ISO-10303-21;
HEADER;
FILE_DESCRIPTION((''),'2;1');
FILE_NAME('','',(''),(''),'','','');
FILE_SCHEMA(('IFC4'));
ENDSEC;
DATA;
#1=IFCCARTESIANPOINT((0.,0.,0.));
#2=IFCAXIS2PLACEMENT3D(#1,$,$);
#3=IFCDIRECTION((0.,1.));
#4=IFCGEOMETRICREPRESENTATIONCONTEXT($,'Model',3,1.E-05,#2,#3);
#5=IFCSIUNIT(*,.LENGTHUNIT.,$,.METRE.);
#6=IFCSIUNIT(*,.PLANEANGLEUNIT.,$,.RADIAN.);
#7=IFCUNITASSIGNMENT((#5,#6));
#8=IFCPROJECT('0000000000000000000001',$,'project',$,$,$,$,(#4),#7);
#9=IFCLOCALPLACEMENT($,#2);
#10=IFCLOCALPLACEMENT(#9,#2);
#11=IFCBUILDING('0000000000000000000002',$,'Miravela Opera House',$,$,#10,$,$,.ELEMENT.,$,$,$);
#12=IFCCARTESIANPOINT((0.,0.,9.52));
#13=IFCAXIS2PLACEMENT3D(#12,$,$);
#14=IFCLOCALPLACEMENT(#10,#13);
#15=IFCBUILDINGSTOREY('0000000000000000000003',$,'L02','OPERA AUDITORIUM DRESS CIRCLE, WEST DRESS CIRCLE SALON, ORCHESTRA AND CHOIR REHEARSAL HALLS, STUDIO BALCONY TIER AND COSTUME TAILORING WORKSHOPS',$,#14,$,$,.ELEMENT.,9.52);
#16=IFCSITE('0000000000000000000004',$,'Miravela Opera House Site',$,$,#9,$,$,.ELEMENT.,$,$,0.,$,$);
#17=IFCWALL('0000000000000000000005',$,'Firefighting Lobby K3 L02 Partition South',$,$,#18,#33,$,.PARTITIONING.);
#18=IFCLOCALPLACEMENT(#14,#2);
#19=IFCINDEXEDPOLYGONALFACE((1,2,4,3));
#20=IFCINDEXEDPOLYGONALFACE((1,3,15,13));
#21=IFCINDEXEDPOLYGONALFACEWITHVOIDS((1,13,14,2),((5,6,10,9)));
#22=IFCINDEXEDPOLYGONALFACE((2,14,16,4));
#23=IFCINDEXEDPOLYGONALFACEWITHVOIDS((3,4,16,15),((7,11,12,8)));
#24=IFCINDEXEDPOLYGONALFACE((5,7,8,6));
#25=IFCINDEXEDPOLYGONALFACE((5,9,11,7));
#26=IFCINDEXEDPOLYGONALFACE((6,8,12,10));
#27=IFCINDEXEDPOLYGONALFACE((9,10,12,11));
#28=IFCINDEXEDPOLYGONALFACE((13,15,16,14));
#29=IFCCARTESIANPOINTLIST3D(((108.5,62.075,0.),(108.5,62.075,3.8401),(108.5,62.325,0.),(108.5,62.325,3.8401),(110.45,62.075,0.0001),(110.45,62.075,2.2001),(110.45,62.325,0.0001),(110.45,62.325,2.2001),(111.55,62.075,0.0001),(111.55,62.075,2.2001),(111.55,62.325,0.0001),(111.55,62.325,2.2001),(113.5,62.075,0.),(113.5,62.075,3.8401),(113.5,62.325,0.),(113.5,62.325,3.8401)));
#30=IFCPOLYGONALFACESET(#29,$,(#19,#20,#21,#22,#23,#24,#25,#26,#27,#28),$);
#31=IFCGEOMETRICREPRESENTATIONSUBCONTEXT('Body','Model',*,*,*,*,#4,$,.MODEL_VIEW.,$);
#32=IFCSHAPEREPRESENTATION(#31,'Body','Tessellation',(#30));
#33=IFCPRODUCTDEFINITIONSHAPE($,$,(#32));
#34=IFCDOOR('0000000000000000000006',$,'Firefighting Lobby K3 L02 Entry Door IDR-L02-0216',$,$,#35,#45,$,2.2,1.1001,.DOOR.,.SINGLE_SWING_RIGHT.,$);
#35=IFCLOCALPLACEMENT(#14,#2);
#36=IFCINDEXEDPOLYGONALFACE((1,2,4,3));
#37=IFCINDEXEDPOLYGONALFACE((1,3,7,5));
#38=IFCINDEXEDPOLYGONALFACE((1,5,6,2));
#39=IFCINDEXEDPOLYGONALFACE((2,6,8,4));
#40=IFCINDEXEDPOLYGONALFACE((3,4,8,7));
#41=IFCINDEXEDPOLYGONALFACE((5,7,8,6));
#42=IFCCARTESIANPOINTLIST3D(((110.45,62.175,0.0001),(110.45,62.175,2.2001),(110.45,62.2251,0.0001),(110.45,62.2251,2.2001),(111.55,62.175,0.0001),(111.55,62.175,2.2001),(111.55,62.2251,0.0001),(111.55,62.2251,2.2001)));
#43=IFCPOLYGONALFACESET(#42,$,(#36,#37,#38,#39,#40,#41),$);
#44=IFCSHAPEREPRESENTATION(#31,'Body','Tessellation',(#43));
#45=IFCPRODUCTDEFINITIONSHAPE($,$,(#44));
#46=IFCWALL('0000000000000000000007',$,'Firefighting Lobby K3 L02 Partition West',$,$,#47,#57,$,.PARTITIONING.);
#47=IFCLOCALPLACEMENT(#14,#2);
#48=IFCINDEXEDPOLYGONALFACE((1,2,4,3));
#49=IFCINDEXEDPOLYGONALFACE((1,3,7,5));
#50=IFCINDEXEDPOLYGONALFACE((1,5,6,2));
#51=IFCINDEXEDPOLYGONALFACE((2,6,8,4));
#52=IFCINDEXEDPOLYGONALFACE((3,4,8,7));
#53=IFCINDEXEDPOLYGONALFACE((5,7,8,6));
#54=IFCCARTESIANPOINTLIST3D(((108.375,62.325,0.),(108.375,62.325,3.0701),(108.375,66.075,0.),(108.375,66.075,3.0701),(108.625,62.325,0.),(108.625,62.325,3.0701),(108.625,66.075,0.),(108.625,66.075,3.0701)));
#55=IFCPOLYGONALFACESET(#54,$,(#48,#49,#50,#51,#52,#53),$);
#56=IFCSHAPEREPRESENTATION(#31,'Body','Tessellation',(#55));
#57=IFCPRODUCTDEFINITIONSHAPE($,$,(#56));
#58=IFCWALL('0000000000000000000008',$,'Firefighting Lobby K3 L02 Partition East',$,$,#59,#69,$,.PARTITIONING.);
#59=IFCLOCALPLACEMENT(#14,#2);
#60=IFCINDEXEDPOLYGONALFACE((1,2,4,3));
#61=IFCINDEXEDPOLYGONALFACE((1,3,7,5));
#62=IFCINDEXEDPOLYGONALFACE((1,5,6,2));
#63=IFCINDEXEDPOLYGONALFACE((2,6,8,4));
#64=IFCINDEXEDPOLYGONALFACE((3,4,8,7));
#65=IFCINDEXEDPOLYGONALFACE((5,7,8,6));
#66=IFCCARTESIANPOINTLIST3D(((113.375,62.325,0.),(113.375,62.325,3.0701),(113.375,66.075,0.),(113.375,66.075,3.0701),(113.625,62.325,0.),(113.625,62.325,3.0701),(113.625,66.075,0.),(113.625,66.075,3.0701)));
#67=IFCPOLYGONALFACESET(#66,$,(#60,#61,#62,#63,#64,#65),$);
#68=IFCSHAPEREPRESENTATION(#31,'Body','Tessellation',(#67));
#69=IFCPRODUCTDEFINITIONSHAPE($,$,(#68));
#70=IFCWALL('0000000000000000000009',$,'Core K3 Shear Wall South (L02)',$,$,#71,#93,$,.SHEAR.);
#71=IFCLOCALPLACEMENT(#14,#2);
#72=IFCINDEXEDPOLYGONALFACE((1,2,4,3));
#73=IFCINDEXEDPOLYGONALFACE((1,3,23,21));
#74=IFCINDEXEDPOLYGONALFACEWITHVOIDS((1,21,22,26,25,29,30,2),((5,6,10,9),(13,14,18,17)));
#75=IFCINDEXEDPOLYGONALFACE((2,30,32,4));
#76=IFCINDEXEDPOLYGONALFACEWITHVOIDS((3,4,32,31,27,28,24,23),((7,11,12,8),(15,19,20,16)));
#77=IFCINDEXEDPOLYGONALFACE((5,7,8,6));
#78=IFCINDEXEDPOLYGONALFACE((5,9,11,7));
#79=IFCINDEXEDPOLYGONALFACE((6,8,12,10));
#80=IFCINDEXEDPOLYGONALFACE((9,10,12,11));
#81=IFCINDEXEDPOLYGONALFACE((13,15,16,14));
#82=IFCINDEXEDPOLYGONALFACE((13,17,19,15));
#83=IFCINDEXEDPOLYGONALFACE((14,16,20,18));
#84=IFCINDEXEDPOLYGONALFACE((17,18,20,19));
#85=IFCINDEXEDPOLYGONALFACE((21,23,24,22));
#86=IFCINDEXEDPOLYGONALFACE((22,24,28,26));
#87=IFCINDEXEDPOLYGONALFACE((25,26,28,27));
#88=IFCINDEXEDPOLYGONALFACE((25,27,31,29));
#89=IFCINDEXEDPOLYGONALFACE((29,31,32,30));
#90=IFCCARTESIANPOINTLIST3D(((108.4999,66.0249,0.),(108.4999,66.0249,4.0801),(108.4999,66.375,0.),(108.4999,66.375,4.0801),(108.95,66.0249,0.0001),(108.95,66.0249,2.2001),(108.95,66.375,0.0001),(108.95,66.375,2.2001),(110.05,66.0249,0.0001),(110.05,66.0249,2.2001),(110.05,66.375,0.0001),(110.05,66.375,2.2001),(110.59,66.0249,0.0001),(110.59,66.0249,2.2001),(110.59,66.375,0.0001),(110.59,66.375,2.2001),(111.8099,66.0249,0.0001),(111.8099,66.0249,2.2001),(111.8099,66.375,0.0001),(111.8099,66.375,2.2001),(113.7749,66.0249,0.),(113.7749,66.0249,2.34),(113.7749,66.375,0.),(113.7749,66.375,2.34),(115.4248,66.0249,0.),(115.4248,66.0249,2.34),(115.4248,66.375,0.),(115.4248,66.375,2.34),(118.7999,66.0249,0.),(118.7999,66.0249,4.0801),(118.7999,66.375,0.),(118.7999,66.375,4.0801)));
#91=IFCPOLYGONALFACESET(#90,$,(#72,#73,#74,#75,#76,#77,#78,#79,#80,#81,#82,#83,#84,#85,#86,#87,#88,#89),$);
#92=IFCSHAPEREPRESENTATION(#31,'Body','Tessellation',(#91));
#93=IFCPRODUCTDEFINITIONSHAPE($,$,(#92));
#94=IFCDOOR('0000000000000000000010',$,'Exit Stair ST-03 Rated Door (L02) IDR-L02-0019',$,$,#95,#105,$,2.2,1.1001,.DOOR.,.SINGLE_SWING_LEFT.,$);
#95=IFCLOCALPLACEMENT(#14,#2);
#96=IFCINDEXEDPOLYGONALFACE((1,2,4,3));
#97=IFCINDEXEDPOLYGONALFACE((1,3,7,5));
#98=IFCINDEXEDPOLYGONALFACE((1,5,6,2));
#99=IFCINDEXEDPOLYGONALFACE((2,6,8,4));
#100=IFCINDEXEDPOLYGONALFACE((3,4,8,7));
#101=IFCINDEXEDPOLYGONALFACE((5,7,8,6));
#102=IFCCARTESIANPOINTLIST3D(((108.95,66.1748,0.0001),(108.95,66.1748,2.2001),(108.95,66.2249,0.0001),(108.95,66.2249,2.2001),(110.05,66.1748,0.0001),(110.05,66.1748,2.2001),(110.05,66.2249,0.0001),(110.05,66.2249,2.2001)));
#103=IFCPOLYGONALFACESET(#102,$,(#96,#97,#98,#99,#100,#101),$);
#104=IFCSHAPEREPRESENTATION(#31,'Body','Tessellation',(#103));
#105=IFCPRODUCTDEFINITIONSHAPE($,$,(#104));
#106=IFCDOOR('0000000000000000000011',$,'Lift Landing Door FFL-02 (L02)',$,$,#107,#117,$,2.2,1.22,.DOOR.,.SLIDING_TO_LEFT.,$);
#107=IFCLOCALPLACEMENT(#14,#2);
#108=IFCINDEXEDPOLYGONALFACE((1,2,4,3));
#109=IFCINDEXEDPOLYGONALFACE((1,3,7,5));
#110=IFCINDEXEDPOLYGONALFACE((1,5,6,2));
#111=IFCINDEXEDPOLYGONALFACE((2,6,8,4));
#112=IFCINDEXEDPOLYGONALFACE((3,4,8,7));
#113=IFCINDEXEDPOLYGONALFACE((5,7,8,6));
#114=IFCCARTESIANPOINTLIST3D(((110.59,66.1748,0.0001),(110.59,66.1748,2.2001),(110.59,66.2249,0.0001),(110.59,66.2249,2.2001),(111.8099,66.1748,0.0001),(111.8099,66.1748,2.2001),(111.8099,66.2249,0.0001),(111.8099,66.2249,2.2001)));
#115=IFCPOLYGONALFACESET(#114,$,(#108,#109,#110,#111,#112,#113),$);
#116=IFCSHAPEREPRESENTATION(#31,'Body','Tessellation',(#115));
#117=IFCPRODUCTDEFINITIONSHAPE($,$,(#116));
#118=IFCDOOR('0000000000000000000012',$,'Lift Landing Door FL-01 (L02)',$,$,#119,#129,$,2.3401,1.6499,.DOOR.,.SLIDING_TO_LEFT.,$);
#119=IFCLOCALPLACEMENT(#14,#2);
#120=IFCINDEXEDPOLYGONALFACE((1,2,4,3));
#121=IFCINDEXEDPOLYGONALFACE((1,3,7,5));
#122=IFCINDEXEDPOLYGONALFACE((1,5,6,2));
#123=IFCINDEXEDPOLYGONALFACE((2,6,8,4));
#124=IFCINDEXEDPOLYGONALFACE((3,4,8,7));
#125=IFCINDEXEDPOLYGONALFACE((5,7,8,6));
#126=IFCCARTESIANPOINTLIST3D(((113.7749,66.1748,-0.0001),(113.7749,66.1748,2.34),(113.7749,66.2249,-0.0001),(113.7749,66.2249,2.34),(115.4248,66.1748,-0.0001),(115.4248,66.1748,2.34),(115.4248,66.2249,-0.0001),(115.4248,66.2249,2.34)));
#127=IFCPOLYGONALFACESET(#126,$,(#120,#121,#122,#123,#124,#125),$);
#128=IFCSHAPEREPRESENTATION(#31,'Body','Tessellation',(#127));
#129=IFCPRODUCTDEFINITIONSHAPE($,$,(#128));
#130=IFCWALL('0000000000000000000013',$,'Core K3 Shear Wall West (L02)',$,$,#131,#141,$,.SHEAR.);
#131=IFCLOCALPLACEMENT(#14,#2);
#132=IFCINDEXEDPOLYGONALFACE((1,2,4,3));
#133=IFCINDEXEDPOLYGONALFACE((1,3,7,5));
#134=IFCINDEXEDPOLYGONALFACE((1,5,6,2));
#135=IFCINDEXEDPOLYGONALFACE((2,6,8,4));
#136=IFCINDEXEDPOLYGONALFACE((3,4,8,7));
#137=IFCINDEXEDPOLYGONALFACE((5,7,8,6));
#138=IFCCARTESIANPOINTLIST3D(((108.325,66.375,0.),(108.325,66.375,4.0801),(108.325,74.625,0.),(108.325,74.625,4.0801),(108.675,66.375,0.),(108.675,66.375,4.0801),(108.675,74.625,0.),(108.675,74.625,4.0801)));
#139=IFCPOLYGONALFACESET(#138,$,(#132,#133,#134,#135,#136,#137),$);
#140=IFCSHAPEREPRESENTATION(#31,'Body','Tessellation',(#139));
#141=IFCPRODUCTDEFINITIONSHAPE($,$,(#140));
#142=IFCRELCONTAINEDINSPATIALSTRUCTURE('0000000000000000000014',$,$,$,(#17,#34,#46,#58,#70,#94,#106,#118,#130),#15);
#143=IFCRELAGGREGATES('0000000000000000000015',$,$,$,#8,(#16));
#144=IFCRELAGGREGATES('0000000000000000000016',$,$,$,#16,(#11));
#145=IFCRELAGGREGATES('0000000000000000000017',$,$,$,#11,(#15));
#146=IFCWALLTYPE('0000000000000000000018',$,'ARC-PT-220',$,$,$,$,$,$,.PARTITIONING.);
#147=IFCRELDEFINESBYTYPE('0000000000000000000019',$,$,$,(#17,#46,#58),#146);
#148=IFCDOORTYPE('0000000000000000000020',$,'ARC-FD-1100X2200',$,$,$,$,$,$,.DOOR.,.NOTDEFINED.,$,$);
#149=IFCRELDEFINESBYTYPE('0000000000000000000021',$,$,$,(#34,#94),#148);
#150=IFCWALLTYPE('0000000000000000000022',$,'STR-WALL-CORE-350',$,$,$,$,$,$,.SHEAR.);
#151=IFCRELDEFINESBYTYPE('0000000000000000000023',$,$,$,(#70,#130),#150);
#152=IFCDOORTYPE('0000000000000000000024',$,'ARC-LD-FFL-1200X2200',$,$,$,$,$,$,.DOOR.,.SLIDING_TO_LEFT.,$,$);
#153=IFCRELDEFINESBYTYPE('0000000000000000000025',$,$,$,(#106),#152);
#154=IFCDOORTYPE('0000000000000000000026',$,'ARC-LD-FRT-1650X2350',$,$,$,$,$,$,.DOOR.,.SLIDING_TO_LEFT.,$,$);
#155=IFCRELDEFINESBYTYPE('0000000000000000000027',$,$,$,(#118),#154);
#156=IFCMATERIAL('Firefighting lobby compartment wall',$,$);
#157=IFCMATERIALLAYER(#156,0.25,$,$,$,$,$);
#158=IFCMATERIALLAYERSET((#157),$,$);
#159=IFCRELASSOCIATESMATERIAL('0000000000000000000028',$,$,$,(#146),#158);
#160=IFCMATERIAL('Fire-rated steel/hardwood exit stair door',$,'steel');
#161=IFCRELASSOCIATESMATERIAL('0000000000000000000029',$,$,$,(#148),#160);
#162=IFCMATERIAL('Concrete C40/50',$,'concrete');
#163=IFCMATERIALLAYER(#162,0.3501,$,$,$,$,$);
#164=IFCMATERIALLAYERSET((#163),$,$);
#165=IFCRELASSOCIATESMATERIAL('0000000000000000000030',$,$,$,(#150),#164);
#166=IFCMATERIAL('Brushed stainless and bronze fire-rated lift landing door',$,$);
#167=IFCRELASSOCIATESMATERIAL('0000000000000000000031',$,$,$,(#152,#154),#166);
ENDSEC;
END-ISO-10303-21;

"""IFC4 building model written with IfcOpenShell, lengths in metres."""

from ifc_helpers import new_model, si_unit, direction, frame, frame_2d, origin, place, context, subcontext, project, spatial, rectangle, extrude, material, layer, layer_set, type_object, element, fill, save


model = new_model("IFC4")

# Units and contexts
model_context = context("Model", 3, precision=1e-05, world=origin(), true_north=direction((0.0, 1.0)))
body_context = subcontext(model_context, "Body", "Model", "MODEL_VIEW")
ifc_project = project(units=[si_unit("LENGTHUNIT", "METRE"), si_unit("PLANEANGLEUNIT", "RADIAN")], contexts=[model_context])

# Site, building, storey
site_placement = place(None, origin())
site = spatial("IfcSite", under=ifc_project, at=site_placement, Name="Miravela Opera House Site", CompositionType="ELEMENT", RefElevation=0.0)
building_placement = place(site_placement, origin())
building = spatial("IfcBuilding", under=site, at=building_placement, Name="Miravela Opera House", CompositionType="ELEMENT")
storey_placement = place(building_placement, frame((0.0, 0.0, 9.52)))
storey = spatial("IfcBuildingStorey", under=building, at=storey_placement, Name="L02", Description="OPERA AUDITORIUM DRESS CIRCLE, WEST DRESS CIRCLE SALON, ORCHESTRA AND CHOIR REHEARSAL HALLS, STUDIO BALCONY TIER AND COSTUME TAILORING WORKSHOPS", CompositionType="ELEMENT", Elevation=9.52)

# Shared definitions
ifc_material_1 = material(Name="Concrete C40/50", Category="concrete")

# Wall, opening, door
ifc_material_2 = material(Name="Firefighting lobby compartment wall")
ifc_layer_1 = layer(ifc_material_2, 0.25)
ifc_layer_set_1 = layer_set([ifc_layer_1])
wall_type_1 = type_object("IfcWallType", Name="ARC-PT-220", PredefinedType="PARTITIONING", material=ifc_layer_set_1)
wall_1_placement = place(storey_placement, frame((108.5, 62.2, 0.0), z_axis=(0.0, 0.0, 1.0), x_axis=(1.0, 0.0, 0.0)))
wall_1 = element("IfcWall", 1, at=wall_1_placement, inside=storey, type_object=wall_type_1, Name="Firefighting Lobby K3 L02 Partition South", PredefinedType="PARTITIONING", context=body_context, shape_type="SweptSolid", body=[
    extrude(rectangle(XDim=5.0, YDim=0.25, at=frame_2d((2.5, 0.0))), origin(), (0.0, 0.0, 1.0), 3.8401),
])
opening_1_placement = place(wall_1_placement, frame((1.95, 0.0, 0.0)))
opening_1 = element("IfcOpeningElement", 2, at=opening_1_placement, cuts=wall_1, PredefinedType="OPENING", context=body_context, shape_type="SweptSolid", body=[
    extrude(rectangle(XDim=1.1001, YDim=2.2, at=frame_2d((0.55, 1.1001))), frame((0.0, 0.135, 0.0), z_axis=(0.0, -1.0, 0.0), x_axis=(1.0, 0.0, 0.0)), (0.0, 0.0, 1.0), 0.27),
])
ifc_material_3 = material(Name="Fire-rated steel/hardwood exit stair door", Category="steel")
door_type_1 = type_object("IfcDoorType", Name="ARC-FD-1100X2200", OperationType="NOTDEFINED", PredefinedType="DOOR", material=ifc_material_3)
door_1_placement = place(opening_1_placement, frame((1.1001, 0.0, 0.0), z_axis=(0.0, 0.0, 1.0), x_axis=(-1.0, 0.0, 0.0)))
door_1 = element("IfcDoor", 3, at=door_1_placement, inside=storey, type_object=door_type_1, Name="Firefighting Lobby K3 L02 Entry Door IDR-L02-0216", OperationType="SINGLE_SWING_RIGHT", OverallHeight=2.2, OverallWidth=1.1001, PredefinedType="DOOR", context=body_context, shape_type="SweptSolid", body=[
    extrude(rectangle(XDim=1.1001, YDim=2.2, at=frame_2d((0.55, 1.1001))), frame((0.0, 0.0249, 0.0), z_axis=(0.0, -1.0, 0.0), x_axis=(1.0, 0.0, 0.0)), (0.0, 0.0, 1.0), 0.05),
])
fill(opening_1, door_1)

# Walls
for number, where, z_axis, x_axis, name in (
    (4, (108.5, 62.325, 0.0), (0.0, 0.0, 1.0), (0.0, 1.0, 0.0), "Firefighting Lobby K3 L02 Partition West"),
    (5, (113.5, 62.325, 0.0), (0.0, 0.0, 1.0), (0.0, 1.0, 0.0), "Firefighting Lobby K3 L02 Partition East"),
):
    element("IfcWall", number, at=place(storey_placement, frame(where, z_axis=z_axis, x_axis=x_axis)), inside=storey, type_object=wall_type_1, Name=name, PredefinedType="PARTITIONING", context=body_context, shape_type="SweptSolid", body=[
        extrude(rectangle(XDim=3.75, YDim=0.25, at=frame_2d((1.875, 0.0))), origin(), (0.0, 0.0, 1.0), 3.0701),
    ])

# Wall, openings, doors
ifc_layer_2 = layer(ifc_material_1, 0.3501)
ifc_layer_set_2 = layer_set([ifc_layer_2])
wall_type_2 = type_object("IfcWallType", Name="STR-WALL-CORE-350", PredefinedType="SHEAR", material=ifc_layer_set_2)
wall_2_placement = place(storey_placement, frame((108.5, 66.2, 0.0), z_axis=(0.0, 0.0, 1.0), x_axis=(1.0, 0.0, 0.0)))
wall_2 = element("IfcWall", 6, at=wall_2_placement, inside=storey, type_object=wall_type_2, Name="Core K3 Shear Wall South (L02)", PredefinedType="SHEAR", context=body_context, shape_type="SweptSolid", body=[
    extrude(rectangle(XDim=10.3, YDim=0.3501, at=frame_2d((5.1499, 0.0))), origin(), (0.0, 0.0, 1.0), 4.0801),
])
opening_2_placement = place(wall_2_placement, frame((0.45, 0.0, 0.0)))
opening_2 = element("IfcOpeningElement", 7, at=opening_2_placement, cuts=wall_2, PredefinedType="OPENING", context=body_context, shape_type="SweptSolid", body=[
    extrude(rectangle(XDim=1.1001, YDim=2.2, at=frame_2d((0.55, 1.1001))), frame((0.0, 0.1851, 0.0), z_axis=(0.0, -1.0, 0.0), x_axis=(1.0, 0.0, 0.0)), (0.0, 0.0, 1.0), 0.3701),
])
opening_3_placement = place(wall_2_placement, frame((2.0901, 0.0, 0.0)))
opening_3 = element("IfcOpeningElement", 8, at=opening_3_placement, cuts=wall_2, PredefinedType="OPENING", context=body_context, shape_type="SweptSolid", body=[
    extrude(rectangle(XDim=1.22, YDim=2.2, at=frame_2d((0.6099, 1.1001))), frame((0.0, 0.1851, 0.0), z_axis=(0.0, -1.0, 0.0), x_axis=(1.0, 0.0, 0.0)), (0.0, 0.0, 1.0), 0.3701),
])
opening_4_placement = place(wall_2_placement, frame((5.2749, 0.0, 0.0)))
opening_4 = element("IfcOpeningElement", 9, at=opening_4_placement, cuts=wall_2, PredefinedType="OPENING", context=body_context, shape_type="SweptSolid", body=[
    extrude(rectangle(XDim=1.6499, YDim=2.3401, at=frame_2d((0.825, 1.1699))), frame((0.0, 0.1851, 0.0), z_axis=(0.0, -1.0, 0.0), x_axis=(1.0, 0.0, 0.0)), (0.0, 0.0, 1.0), 0.3701),
])
door_2_placement = place(opening_2_placement, origin())
door_2 = element("IfcDoor", 10, at=door_2_placement, inside=storey, type_object=door_type_1, Name="Exit Stair ST-03 Rated Door (L02) IDR-L02-0019", OperationType="SINGLE_SWING_LEFT", OverallHeight=2.2, OverallWidth=1.1001, PredefinedType="DOOR", context=body_context, shape_type="SweptSolid", body=[
    extrude(rectangle(XDim=1.1001, YDim=2.2, at=frame_2d((0.55, 1.1001))), frame((0.0, 0.0249, 0.0), z_axis=(0.0, -1.0, 0.0), x_axis=(1.0, 0.0, 0.0)), (0.0, 0.0, 1.0), 0.05),
])
fill(opening_2, door_2)
ifc_material_4 = material(Name="Brushed stainless and bronze fire-rated lift landing door")
door_type_2 = type_object("IfcDoorType", Name="ARC-LD-FFL-1200X2200", OperationType="SLIDING_TO_LEFT", PredefinedType="DOOR", material=ifc_material_4)
door_3_placement = place(opening_3_placement, origin())
door_3 = element("IfcDoor", 11, at=door_3_placement, inside=storey, type_object=door_type_2, Name="Lift Landing Door FFL-02 (L02)", OperationType="SLIDING_TO_LEFT", OverallHeight=2.2, OverallWidth=1.22, PredefinedType="DOOR", context=body_context, shape_type="SweptSolid", body=[
    extrude(rectangle(XDim=1.22, YDim=2.2, at=frame_2d((0.6099, 1.1001))), frame((0.0, 0.0249, 0.0), z_axis=(0.0, -1.0, 0.0), x_axis=(1.0, 0.0, 0.0)), (0.0, 0.0, 1.0), 0.05),
])
fill(opening_3, door_3)
door_type_3 = type_object("IfcDoorType", Name="ARC-LD-FRT-1650X2350", OperationType="SLIDING_TO_LEFT", PredefinedType="DOOR", material=ifc_material_4)
door_4_placement = place(opening_4_placement, origin())
door_4 = element("IfcDoor", 12, at=door_4_placement, inside=storey, type_object=door_type_3, Name="Lift Landing Door FL-01 (L02)", OperationType="SLIDING_TO_LEFT", OverallHeight=2.3401, OverallWidth=1.6499, PredefinedType="DOOR", context=body_context, shape_type="SweptSolid", body=[
    extrude(rectangle(XDim=1.6499, YDim=2.3401, at=frame_2d((0.825, 1.1699))), frame((0.0, 0.0249, 0.0), z_axis=(0.0, -1.0, 0.0), x_axis=(1.0, 0.0, 0.0)), (0.0, 0.0, 1.0), 0.05),
])
fill(opening_4, door_4)

# Wall
wall_3_placement = place(storey_placement, frame((108.5, 66.375, 0.0), z_axis=(0.0, 0.0, 1.0), x_axis=(0.0, 1.0, 0.0)))
element("IfcWall", 13, at=wall_3_placement, inside=storey, type_object=wall_type_2, Name="Core K3 Shear Wall West (L02)", PredefinedType="SHEAR", context=body_context, shape_type="SweptSolid", body=[
    extrude(rectangle(XDim=8.25, YDim=0.3501, at=frame_2d((4.125, 0.0))), origin(), (0.0, 0.0, 1.0), 4.0801),
])

save(model, "model.ifc")
